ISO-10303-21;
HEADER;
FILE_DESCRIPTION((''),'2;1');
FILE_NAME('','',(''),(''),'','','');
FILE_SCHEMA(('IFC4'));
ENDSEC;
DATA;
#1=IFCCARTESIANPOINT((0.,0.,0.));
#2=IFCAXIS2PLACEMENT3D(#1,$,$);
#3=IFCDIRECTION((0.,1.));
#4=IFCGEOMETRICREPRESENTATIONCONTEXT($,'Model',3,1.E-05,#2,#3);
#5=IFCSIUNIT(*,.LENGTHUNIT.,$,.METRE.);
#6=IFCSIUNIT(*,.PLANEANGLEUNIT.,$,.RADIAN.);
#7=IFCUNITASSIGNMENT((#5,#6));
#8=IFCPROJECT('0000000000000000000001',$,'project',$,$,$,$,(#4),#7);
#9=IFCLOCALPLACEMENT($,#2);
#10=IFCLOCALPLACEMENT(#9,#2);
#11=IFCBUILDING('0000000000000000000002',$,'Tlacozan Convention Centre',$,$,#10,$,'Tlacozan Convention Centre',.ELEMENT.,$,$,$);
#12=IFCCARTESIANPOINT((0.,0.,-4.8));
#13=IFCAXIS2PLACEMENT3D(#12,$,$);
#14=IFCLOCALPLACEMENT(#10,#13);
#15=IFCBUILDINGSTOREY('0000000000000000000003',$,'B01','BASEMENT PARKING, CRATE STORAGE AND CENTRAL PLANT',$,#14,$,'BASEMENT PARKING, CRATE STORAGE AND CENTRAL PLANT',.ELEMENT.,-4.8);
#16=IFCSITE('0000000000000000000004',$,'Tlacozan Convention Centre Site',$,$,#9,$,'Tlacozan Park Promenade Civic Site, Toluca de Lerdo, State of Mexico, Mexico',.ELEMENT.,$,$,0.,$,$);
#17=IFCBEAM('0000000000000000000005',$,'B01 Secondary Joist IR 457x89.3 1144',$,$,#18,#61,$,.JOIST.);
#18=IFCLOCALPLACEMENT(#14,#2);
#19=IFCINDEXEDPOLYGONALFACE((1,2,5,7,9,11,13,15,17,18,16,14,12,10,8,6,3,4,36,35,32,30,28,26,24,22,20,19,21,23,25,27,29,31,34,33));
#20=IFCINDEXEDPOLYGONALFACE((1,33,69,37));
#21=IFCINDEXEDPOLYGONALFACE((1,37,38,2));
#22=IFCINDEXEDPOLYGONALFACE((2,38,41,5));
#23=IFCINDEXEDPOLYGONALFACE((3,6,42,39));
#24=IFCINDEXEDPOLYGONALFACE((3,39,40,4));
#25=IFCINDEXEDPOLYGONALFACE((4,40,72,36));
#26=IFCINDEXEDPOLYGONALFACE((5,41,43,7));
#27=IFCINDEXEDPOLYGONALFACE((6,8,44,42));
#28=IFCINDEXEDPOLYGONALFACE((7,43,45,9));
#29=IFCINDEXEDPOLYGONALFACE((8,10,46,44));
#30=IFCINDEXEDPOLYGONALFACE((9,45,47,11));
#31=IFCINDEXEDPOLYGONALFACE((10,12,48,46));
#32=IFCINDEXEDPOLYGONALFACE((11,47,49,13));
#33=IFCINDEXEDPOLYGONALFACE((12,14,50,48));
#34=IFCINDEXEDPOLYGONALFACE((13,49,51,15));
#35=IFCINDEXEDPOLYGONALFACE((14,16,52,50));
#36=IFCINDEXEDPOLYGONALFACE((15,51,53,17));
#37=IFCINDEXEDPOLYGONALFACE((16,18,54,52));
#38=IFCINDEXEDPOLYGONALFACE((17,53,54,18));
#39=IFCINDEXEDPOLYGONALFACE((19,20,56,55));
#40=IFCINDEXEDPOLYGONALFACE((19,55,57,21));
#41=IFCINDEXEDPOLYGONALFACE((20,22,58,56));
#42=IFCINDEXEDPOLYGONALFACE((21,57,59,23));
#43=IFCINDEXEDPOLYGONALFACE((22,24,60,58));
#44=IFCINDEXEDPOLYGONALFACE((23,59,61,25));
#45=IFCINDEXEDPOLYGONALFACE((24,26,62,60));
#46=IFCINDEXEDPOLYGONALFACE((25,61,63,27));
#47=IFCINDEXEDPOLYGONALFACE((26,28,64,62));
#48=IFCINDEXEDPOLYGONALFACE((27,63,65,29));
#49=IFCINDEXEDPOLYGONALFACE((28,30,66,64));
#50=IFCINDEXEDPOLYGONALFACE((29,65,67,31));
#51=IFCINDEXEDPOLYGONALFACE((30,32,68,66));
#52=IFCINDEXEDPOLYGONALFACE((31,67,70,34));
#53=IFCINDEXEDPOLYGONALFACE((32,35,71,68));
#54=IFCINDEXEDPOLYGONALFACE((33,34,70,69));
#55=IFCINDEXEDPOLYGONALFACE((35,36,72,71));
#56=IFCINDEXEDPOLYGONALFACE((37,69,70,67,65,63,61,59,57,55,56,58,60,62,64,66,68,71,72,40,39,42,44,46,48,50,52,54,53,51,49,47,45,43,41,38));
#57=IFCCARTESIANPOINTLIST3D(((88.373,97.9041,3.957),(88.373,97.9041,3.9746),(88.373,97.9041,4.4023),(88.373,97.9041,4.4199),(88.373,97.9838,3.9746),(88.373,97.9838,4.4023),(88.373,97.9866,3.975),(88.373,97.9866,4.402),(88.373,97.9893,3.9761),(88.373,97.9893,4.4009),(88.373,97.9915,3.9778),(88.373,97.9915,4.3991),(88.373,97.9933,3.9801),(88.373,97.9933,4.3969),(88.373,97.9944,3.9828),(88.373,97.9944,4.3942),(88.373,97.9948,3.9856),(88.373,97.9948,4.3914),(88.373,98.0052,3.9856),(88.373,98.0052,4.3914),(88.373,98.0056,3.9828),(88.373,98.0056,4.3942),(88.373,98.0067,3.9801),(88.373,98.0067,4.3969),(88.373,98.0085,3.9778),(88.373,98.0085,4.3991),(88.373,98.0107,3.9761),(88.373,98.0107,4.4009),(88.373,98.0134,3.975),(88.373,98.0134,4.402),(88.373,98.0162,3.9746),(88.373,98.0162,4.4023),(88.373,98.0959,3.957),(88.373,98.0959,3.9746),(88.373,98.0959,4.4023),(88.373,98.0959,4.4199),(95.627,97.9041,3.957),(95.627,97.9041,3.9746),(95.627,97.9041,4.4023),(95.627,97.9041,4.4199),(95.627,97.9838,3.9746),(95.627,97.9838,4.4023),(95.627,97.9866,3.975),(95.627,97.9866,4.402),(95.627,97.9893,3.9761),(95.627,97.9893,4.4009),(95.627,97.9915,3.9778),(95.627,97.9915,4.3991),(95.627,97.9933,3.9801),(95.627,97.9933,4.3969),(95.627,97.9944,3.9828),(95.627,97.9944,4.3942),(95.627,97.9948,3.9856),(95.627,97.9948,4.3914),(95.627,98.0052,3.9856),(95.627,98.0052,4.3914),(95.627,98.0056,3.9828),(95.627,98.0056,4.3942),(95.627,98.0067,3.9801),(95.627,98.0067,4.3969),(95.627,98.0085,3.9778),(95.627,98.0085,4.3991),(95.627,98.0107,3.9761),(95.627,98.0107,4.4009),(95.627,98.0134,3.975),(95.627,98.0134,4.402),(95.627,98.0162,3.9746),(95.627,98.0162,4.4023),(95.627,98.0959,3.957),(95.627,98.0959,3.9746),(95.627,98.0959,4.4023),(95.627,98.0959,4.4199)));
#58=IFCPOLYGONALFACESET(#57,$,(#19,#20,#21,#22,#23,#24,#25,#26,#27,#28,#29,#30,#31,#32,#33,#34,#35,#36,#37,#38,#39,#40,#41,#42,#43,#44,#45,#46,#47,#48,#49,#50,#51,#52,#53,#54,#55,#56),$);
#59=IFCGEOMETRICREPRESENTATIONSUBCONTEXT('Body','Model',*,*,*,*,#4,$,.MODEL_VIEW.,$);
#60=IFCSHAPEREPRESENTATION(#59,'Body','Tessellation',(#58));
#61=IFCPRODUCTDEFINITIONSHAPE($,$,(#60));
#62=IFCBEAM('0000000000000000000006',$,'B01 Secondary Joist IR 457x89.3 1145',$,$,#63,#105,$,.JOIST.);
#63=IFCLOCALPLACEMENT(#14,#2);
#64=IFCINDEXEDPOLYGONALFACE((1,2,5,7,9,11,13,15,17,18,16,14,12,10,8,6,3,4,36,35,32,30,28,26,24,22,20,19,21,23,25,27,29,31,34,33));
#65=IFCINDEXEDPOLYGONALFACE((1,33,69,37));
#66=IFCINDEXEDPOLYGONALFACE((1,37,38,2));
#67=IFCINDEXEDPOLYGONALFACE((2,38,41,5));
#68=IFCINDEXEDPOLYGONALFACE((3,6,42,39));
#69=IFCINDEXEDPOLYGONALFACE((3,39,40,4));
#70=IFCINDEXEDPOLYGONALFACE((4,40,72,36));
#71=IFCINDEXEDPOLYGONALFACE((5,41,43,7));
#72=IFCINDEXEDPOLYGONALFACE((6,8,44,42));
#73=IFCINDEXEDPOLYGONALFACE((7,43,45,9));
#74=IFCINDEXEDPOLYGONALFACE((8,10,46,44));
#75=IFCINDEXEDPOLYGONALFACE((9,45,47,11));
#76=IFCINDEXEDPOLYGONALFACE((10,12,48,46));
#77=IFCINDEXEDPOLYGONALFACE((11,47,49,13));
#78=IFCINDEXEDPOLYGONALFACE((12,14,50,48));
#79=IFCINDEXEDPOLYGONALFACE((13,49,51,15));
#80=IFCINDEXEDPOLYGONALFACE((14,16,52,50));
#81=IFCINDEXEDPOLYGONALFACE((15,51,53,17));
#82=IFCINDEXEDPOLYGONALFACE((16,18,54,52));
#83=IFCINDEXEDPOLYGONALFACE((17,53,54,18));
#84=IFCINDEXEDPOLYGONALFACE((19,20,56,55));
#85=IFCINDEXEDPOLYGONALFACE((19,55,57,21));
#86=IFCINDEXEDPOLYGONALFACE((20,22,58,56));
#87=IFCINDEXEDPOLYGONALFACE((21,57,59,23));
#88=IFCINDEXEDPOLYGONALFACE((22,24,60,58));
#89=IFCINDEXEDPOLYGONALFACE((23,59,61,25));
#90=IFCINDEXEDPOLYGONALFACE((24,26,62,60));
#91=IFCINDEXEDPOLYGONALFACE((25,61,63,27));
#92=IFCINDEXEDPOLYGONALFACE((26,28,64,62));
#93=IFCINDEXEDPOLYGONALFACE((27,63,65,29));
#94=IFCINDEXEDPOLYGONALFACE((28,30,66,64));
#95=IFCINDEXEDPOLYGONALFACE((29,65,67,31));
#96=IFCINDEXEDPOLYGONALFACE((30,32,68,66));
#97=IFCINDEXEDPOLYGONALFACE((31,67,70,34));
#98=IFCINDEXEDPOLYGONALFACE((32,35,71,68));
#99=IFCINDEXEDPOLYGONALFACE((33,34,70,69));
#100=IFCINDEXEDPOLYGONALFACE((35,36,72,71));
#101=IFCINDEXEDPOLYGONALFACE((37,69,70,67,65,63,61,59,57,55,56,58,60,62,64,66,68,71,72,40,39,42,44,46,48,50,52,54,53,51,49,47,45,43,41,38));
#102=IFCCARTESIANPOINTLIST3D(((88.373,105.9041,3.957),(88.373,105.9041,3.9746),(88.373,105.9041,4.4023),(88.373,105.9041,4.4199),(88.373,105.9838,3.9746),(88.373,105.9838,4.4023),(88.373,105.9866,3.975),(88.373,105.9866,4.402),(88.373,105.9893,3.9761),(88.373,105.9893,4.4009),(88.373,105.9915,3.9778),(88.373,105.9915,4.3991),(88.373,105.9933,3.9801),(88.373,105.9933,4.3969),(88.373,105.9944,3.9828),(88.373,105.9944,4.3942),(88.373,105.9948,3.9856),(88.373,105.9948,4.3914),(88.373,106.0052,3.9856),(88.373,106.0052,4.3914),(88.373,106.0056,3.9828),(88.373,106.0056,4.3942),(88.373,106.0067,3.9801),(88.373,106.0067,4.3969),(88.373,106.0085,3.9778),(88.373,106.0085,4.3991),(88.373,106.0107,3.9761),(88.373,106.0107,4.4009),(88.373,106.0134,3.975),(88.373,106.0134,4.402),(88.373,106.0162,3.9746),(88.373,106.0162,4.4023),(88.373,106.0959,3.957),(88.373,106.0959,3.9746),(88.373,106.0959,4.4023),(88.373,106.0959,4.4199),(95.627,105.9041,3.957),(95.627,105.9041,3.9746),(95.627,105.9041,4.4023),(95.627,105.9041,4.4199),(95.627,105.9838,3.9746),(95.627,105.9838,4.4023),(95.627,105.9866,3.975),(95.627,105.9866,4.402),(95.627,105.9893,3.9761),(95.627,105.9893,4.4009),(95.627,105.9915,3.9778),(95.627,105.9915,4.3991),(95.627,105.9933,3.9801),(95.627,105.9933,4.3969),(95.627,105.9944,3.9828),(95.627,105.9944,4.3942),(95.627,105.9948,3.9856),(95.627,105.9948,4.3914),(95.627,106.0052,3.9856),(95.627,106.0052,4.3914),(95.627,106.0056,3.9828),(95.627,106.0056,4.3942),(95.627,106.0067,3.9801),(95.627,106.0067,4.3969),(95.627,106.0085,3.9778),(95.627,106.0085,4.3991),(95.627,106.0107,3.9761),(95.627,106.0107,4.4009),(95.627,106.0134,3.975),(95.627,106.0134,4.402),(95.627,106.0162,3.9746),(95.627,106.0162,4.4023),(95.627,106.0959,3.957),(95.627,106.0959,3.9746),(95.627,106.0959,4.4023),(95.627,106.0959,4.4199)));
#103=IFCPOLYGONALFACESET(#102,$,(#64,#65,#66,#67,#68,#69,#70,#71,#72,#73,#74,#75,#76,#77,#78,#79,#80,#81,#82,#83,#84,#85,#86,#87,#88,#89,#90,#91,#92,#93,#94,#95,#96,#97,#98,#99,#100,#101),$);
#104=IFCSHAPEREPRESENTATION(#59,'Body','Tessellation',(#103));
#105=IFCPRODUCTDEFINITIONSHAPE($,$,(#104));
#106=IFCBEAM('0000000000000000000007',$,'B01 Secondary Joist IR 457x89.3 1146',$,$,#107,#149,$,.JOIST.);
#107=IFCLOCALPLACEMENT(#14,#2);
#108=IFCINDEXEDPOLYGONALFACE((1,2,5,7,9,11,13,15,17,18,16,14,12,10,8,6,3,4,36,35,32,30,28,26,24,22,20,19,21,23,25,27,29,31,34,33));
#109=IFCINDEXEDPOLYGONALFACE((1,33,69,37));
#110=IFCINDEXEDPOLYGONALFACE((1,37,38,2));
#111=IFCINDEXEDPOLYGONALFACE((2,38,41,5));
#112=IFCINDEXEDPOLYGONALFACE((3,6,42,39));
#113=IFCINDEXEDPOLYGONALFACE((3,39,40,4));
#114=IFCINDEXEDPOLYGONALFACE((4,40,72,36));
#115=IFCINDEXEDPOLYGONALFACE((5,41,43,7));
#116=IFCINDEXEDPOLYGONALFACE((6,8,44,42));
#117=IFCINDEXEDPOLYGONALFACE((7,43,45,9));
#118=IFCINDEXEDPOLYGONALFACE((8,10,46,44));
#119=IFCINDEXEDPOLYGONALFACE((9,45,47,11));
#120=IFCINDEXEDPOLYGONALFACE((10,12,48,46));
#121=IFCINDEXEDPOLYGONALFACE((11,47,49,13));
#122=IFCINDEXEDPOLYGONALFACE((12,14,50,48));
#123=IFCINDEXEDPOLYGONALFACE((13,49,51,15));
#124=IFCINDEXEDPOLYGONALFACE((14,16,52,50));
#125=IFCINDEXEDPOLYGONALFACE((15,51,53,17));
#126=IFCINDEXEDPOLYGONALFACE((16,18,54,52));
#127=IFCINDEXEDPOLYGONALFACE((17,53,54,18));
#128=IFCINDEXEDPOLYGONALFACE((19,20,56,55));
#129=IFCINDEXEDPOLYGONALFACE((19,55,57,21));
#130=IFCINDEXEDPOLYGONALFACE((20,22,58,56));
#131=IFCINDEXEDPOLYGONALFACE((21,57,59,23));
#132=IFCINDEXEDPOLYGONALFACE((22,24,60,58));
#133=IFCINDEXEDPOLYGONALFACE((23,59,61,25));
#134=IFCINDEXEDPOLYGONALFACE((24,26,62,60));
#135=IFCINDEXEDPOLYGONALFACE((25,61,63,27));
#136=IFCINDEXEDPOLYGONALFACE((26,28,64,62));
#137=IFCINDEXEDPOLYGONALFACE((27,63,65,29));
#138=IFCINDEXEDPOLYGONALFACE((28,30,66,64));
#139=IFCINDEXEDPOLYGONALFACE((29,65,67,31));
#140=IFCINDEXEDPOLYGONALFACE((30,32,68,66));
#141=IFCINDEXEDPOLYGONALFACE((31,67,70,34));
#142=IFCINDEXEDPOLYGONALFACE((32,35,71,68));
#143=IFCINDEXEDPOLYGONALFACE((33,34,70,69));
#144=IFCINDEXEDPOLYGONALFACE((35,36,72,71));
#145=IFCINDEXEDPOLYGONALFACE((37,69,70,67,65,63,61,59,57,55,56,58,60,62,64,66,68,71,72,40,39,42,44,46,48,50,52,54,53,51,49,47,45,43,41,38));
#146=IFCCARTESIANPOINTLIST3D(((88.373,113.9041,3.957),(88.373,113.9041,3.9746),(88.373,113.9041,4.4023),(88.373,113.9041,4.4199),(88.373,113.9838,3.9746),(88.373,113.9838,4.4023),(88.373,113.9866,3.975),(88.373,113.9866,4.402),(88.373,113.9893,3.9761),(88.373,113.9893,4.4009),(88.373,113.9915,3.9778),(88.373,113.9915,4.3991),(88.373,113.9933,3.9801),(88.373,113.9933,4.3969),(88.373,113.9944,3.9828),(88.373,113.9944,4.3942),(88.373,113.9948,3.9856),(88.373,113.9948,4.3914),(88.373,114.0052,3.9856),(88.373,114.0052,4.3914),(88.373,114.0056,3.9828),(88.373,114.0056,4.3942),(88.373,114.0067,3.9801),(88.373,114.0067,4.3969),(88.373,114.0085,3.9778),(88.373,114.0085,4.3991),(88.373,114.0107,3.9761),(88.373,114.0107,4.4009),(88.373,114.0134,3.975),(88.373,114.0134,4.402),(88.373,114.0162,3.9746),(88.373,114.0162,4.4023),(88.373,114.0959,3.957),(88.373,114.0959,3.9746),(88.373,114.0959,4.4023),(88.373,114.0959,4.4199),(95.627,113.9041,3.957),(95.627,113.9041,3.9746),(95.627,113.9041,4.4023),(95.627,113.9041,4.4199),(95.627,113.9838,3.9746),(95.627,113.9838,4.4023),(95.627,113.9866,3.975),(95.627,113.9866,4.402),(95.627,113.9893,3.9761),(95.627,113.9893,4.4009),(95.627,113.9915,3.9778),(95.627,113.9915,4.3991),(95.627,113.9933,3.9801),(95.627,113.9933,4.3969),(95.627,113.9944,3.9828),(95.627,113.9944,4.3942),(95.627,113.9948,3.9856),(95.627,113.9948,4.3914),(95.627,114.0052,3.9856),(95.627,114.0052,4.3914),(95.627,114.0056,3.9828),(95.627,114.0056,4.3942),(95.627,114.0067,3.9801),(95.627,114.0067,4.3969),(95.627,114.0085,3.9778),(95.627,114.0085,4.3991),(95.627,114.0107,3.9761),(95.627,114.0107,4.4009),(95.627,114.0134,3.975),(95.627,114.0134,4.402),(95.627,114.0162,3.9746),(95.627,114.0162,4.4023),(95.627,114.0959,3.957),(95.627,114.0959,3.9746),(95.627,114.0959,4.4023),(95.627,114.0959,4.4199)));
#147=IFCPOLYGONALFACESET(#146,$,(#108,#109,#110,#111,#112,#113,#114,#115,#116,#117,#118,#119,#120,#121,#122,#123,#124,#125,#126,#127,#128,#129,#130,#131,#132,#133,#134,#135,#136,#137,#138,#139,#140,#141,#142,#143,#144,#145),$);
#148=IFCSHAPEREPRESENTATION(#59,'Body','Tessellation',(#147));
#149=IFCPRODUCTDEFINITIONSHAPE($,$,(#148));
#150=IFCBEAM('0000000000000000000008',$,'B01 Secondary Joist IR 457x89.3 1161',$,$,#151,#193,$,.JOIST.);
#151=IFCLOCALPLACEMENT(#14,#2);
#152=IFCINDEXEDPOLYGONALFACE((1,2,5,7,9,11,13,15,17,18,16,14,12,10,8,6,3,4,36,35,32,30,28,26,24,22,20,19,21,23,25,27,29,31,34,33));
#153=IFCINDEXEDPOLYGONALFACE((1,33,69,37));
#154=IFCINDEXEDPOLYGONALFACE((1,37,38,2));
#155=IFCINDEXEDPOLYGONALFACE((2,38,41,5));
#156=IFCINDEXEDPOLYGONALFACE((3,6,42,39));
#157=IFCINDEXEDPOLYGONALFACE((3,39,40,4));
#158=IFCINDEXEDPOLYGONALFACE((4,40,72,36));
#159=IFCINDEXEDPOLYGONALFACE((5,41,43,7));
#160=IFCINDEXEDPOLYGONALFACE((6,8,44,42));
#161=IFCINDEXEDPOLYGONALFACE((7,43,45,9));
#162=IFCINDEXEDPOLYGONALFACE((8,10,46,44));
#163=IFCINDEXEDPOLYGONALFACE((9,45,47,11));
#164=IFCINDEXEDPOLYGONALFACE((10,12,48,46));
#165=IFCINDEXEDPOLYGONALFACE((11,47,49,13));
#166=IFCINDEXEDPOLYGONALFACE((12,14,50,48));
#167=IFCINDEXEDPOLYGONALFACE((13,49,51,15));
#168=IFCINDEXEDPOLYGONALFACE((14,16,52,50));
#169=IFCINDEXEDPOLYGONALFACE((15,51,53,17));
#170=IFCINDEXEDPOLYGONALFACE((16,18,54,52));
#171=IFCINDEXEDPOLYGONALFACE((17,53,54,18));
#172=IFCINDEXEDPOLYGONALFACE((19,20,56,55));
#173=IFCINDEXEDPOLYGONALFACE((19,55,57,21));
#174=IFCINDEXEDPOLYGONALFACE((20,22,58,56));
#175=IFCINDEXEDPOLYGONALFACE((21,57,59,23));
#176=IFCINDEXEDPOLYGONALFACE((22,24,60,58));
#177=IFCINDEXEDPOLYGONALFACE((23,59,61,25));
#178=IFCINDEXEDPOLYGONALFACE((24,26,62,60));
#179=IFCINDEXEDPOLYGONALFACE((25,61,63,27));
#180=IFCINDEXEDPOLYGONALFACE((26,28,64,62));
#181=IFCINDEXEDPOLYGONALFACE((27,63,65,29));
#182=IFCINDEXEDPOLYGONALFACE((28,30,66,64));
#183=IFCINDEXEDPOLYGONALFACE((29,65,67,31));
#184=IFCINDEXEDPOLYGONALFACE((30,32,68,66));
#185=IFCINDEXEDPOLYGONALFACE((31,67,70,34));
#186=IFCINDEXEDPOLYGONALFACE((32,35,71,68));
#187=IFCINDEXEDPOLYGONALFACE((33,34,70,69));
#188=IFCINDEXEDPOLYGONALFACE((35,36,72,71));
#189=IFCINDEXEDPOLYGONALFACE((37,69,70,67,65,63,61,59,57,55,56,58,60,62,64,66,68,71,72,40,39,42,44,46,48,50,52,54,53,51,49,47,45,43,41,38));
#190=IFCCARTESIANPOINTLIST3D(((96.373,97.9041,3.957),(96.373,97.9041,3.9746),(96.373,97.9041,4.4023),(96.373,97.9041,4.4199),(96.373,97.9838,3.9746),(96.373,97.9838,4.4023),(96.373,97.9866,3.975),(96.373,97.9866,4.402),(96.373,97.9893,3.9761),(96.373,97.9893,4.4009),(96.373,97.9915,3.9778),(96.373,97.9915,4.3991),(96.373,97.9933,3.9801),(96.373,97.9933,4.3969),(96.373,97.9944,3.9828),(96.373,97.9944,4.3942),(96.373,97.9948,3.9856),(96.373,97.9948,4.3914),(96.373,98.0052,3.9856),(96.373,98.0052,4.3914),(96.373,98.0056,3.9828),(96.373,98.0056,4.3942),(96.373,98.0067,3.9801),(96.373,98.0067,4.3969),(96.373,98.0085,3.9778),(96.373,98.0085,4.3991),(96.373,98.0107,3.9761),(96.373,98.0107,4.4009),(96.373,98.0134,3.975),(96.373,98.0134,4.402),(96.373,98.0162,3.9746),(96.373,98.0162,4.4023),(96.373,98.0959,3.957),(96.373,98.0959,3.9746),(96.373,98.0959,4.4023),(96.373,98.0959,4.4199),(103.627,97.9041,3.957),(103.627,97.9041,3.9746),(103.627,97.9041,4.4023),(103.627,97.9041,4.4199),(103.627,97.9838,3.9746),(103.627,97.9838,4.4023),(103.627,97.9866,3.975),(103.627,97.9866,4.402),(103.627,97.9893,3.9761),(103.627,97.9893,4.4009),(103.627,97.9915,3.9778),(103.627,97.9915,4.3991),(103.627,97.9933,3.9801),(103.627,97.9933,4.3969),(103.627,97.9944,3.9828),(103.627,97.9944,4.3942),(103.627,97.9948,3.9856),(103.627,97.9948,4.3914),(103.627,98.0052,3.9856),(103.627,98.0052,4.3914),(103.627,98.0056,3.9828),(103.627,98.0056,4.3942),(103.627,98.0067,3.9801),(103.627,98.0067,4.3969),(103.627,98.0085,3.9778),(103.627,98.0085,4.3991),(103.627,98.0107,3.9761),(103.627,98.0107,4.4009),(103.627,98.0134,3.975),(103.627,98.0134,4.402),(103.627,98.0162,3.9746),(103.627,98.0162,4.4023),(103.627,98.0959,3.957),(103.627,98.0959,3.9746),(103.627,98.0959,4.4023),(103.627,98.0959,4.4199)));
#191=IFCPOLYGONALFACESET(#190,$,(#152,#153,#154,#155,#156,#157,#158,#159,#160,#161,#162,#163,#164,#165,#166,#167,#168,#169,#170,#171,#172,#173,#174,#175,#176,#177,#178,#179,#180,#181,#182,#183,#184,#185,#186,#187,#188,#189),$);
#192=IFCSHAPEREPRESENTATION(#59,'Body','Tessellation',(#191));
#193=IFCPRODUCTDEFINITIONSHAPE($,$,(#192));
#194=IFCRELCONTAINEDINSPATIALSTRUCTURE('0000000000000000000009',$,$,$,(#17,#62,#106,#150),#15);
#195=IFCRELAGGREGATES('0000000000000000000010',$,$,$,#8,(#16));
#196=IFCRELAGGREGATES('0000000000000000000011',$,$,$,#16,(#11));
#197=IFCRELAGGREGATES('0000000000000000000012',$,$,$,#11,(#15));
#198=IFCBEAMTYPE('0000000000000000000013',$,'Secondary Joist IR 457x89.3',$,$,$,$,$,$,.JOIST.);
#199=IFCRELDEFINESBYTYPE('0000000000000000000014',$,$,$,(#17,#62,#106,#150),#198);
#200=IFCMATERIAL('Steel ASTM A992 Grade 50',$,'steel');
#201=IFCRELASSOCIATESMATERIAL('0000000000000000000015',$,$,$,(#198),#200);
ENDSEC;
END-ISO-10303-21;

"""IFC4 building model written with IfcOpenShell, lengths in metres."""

from ifc_helpers import new_model, si_unit, direction, frame, origin, origin_2d, place, context, subcontext, project, spatial, i_section, extrude, material, material_profile, profile_set, type_object, element, save


model = new_model("IFC4")

# Units and contexts
model_context = context("Model", 3, precision=1e-05, world=origin(), true_north=direction((0.0, 1.0)))
body_context = subcontext(model_context, "Body", "Model", "MODEL_VIEW")
ifc_project = project(units=[si_unit("LENGTHUNIT", "METRE"), si_unit("PLANEANGLEUNIT", "RADIAN")], contexts=[model_context])

# Site, building, storey
site_placement = place(None, origin())
site = spatial("IfcSite", under=ifc_project, at=site_placement, Name="Tlacozan Convention Centre Site", LongName="Tlacozan Park Promenade Civic Site, Toluca de Lerdo, State of Mexico, Mexico", CompositionType="ELEMENT", RefElevation=0.0)
building_placement = place(site_placement, origin())
building = spatial("IfcBuilding", under=site, at=building_placement, Name="Tlacozan Convention Centre", LongName="Tlacozan Convention Centre", CompositionType="ELEMENT")
storey_placement = place(building_placement, frame((0.0, 0.0, -4.8)))
storey = spatial("IfcBuildingStorey", under=building, at=storey_placement, Name="B01", Description="BASEMENT PARKING, CRATE STORAGE AND CENTRAL PLANT", LongName="BASEMENT PARKING, CRATE STORAGE AND CENTRAL PLANT", CompositionType="ELEMENT", Elevation=-4.8)

# Beams
ifc_material_1 = material(Name="Steel ASTM A992 Grade 50", Category="steel")
ifc_material_profile_1 = material_profile(ifc_material_1, i_section(OverallWidth=0.1919, OverallDepth=0.4629, WebThickness=0.0105, FlangeThickness=0.0176, FilletRadius=0.011, at=origin_2d()), Name="IR 457x89.3")
ifc_profile_set_1 = profile_set([ifc_material_profile_1], Name="Steel ASTM A992 Grade 50")
beam_type_1 = type_object("IfcBeamType", Name="Secondary Joist IR 457x89.3", PredefinedType="JOIST", material=ifc_profile_set_1)
for number, where, z_axis, x_axis, name in (
    (1, (88.373, 98.0, 4.1885), (1.0, 0.0, 0.0), (0.0, 1.0, 0.0), "B01 Secondary Joist IR 457x89.3 1144"),
    (2, (88.373, 106.0, 4.1885), (1.0, 0.0, 0.0), (0.0, 1.0, 0.0), "B01 Secondary Joist IR 457x89.3 1145"),
    (3, (88.373, 114.0, 4.1885), (1.0, 0.0, 0.0), (0.0, 1.0, 0.0), "B01 Secondary Joist IR 457x89.3 1146"),
    (4, (96.373, 98.0, 4.1885), (1.0, 0.0, 0.0), (0.0, 1.0, 0.0), "B01 Secondary Joist IR 457x89.3 1161"),
):
    element("IfcBeam", number, at=place(storey_placement, frame(where, z_axis=z_axis, x_axis=x_axis)), inside=storey, type_object=beam_type_1, Name=name, PredefinedType="JOIST", context=body_context, shape_type="SweptSolid", body=[
        extrude(i_section(OverallWidth=0.1919, OverallDepth=0.4629, WebThickness=0.0105, FlangeThickness=0.0176, FilletRadius=0.011, at=origin_2d()), origin(), (0.0, 0.0, 1.0), 7.2539),
    ])

save(model, "model.ifc")
